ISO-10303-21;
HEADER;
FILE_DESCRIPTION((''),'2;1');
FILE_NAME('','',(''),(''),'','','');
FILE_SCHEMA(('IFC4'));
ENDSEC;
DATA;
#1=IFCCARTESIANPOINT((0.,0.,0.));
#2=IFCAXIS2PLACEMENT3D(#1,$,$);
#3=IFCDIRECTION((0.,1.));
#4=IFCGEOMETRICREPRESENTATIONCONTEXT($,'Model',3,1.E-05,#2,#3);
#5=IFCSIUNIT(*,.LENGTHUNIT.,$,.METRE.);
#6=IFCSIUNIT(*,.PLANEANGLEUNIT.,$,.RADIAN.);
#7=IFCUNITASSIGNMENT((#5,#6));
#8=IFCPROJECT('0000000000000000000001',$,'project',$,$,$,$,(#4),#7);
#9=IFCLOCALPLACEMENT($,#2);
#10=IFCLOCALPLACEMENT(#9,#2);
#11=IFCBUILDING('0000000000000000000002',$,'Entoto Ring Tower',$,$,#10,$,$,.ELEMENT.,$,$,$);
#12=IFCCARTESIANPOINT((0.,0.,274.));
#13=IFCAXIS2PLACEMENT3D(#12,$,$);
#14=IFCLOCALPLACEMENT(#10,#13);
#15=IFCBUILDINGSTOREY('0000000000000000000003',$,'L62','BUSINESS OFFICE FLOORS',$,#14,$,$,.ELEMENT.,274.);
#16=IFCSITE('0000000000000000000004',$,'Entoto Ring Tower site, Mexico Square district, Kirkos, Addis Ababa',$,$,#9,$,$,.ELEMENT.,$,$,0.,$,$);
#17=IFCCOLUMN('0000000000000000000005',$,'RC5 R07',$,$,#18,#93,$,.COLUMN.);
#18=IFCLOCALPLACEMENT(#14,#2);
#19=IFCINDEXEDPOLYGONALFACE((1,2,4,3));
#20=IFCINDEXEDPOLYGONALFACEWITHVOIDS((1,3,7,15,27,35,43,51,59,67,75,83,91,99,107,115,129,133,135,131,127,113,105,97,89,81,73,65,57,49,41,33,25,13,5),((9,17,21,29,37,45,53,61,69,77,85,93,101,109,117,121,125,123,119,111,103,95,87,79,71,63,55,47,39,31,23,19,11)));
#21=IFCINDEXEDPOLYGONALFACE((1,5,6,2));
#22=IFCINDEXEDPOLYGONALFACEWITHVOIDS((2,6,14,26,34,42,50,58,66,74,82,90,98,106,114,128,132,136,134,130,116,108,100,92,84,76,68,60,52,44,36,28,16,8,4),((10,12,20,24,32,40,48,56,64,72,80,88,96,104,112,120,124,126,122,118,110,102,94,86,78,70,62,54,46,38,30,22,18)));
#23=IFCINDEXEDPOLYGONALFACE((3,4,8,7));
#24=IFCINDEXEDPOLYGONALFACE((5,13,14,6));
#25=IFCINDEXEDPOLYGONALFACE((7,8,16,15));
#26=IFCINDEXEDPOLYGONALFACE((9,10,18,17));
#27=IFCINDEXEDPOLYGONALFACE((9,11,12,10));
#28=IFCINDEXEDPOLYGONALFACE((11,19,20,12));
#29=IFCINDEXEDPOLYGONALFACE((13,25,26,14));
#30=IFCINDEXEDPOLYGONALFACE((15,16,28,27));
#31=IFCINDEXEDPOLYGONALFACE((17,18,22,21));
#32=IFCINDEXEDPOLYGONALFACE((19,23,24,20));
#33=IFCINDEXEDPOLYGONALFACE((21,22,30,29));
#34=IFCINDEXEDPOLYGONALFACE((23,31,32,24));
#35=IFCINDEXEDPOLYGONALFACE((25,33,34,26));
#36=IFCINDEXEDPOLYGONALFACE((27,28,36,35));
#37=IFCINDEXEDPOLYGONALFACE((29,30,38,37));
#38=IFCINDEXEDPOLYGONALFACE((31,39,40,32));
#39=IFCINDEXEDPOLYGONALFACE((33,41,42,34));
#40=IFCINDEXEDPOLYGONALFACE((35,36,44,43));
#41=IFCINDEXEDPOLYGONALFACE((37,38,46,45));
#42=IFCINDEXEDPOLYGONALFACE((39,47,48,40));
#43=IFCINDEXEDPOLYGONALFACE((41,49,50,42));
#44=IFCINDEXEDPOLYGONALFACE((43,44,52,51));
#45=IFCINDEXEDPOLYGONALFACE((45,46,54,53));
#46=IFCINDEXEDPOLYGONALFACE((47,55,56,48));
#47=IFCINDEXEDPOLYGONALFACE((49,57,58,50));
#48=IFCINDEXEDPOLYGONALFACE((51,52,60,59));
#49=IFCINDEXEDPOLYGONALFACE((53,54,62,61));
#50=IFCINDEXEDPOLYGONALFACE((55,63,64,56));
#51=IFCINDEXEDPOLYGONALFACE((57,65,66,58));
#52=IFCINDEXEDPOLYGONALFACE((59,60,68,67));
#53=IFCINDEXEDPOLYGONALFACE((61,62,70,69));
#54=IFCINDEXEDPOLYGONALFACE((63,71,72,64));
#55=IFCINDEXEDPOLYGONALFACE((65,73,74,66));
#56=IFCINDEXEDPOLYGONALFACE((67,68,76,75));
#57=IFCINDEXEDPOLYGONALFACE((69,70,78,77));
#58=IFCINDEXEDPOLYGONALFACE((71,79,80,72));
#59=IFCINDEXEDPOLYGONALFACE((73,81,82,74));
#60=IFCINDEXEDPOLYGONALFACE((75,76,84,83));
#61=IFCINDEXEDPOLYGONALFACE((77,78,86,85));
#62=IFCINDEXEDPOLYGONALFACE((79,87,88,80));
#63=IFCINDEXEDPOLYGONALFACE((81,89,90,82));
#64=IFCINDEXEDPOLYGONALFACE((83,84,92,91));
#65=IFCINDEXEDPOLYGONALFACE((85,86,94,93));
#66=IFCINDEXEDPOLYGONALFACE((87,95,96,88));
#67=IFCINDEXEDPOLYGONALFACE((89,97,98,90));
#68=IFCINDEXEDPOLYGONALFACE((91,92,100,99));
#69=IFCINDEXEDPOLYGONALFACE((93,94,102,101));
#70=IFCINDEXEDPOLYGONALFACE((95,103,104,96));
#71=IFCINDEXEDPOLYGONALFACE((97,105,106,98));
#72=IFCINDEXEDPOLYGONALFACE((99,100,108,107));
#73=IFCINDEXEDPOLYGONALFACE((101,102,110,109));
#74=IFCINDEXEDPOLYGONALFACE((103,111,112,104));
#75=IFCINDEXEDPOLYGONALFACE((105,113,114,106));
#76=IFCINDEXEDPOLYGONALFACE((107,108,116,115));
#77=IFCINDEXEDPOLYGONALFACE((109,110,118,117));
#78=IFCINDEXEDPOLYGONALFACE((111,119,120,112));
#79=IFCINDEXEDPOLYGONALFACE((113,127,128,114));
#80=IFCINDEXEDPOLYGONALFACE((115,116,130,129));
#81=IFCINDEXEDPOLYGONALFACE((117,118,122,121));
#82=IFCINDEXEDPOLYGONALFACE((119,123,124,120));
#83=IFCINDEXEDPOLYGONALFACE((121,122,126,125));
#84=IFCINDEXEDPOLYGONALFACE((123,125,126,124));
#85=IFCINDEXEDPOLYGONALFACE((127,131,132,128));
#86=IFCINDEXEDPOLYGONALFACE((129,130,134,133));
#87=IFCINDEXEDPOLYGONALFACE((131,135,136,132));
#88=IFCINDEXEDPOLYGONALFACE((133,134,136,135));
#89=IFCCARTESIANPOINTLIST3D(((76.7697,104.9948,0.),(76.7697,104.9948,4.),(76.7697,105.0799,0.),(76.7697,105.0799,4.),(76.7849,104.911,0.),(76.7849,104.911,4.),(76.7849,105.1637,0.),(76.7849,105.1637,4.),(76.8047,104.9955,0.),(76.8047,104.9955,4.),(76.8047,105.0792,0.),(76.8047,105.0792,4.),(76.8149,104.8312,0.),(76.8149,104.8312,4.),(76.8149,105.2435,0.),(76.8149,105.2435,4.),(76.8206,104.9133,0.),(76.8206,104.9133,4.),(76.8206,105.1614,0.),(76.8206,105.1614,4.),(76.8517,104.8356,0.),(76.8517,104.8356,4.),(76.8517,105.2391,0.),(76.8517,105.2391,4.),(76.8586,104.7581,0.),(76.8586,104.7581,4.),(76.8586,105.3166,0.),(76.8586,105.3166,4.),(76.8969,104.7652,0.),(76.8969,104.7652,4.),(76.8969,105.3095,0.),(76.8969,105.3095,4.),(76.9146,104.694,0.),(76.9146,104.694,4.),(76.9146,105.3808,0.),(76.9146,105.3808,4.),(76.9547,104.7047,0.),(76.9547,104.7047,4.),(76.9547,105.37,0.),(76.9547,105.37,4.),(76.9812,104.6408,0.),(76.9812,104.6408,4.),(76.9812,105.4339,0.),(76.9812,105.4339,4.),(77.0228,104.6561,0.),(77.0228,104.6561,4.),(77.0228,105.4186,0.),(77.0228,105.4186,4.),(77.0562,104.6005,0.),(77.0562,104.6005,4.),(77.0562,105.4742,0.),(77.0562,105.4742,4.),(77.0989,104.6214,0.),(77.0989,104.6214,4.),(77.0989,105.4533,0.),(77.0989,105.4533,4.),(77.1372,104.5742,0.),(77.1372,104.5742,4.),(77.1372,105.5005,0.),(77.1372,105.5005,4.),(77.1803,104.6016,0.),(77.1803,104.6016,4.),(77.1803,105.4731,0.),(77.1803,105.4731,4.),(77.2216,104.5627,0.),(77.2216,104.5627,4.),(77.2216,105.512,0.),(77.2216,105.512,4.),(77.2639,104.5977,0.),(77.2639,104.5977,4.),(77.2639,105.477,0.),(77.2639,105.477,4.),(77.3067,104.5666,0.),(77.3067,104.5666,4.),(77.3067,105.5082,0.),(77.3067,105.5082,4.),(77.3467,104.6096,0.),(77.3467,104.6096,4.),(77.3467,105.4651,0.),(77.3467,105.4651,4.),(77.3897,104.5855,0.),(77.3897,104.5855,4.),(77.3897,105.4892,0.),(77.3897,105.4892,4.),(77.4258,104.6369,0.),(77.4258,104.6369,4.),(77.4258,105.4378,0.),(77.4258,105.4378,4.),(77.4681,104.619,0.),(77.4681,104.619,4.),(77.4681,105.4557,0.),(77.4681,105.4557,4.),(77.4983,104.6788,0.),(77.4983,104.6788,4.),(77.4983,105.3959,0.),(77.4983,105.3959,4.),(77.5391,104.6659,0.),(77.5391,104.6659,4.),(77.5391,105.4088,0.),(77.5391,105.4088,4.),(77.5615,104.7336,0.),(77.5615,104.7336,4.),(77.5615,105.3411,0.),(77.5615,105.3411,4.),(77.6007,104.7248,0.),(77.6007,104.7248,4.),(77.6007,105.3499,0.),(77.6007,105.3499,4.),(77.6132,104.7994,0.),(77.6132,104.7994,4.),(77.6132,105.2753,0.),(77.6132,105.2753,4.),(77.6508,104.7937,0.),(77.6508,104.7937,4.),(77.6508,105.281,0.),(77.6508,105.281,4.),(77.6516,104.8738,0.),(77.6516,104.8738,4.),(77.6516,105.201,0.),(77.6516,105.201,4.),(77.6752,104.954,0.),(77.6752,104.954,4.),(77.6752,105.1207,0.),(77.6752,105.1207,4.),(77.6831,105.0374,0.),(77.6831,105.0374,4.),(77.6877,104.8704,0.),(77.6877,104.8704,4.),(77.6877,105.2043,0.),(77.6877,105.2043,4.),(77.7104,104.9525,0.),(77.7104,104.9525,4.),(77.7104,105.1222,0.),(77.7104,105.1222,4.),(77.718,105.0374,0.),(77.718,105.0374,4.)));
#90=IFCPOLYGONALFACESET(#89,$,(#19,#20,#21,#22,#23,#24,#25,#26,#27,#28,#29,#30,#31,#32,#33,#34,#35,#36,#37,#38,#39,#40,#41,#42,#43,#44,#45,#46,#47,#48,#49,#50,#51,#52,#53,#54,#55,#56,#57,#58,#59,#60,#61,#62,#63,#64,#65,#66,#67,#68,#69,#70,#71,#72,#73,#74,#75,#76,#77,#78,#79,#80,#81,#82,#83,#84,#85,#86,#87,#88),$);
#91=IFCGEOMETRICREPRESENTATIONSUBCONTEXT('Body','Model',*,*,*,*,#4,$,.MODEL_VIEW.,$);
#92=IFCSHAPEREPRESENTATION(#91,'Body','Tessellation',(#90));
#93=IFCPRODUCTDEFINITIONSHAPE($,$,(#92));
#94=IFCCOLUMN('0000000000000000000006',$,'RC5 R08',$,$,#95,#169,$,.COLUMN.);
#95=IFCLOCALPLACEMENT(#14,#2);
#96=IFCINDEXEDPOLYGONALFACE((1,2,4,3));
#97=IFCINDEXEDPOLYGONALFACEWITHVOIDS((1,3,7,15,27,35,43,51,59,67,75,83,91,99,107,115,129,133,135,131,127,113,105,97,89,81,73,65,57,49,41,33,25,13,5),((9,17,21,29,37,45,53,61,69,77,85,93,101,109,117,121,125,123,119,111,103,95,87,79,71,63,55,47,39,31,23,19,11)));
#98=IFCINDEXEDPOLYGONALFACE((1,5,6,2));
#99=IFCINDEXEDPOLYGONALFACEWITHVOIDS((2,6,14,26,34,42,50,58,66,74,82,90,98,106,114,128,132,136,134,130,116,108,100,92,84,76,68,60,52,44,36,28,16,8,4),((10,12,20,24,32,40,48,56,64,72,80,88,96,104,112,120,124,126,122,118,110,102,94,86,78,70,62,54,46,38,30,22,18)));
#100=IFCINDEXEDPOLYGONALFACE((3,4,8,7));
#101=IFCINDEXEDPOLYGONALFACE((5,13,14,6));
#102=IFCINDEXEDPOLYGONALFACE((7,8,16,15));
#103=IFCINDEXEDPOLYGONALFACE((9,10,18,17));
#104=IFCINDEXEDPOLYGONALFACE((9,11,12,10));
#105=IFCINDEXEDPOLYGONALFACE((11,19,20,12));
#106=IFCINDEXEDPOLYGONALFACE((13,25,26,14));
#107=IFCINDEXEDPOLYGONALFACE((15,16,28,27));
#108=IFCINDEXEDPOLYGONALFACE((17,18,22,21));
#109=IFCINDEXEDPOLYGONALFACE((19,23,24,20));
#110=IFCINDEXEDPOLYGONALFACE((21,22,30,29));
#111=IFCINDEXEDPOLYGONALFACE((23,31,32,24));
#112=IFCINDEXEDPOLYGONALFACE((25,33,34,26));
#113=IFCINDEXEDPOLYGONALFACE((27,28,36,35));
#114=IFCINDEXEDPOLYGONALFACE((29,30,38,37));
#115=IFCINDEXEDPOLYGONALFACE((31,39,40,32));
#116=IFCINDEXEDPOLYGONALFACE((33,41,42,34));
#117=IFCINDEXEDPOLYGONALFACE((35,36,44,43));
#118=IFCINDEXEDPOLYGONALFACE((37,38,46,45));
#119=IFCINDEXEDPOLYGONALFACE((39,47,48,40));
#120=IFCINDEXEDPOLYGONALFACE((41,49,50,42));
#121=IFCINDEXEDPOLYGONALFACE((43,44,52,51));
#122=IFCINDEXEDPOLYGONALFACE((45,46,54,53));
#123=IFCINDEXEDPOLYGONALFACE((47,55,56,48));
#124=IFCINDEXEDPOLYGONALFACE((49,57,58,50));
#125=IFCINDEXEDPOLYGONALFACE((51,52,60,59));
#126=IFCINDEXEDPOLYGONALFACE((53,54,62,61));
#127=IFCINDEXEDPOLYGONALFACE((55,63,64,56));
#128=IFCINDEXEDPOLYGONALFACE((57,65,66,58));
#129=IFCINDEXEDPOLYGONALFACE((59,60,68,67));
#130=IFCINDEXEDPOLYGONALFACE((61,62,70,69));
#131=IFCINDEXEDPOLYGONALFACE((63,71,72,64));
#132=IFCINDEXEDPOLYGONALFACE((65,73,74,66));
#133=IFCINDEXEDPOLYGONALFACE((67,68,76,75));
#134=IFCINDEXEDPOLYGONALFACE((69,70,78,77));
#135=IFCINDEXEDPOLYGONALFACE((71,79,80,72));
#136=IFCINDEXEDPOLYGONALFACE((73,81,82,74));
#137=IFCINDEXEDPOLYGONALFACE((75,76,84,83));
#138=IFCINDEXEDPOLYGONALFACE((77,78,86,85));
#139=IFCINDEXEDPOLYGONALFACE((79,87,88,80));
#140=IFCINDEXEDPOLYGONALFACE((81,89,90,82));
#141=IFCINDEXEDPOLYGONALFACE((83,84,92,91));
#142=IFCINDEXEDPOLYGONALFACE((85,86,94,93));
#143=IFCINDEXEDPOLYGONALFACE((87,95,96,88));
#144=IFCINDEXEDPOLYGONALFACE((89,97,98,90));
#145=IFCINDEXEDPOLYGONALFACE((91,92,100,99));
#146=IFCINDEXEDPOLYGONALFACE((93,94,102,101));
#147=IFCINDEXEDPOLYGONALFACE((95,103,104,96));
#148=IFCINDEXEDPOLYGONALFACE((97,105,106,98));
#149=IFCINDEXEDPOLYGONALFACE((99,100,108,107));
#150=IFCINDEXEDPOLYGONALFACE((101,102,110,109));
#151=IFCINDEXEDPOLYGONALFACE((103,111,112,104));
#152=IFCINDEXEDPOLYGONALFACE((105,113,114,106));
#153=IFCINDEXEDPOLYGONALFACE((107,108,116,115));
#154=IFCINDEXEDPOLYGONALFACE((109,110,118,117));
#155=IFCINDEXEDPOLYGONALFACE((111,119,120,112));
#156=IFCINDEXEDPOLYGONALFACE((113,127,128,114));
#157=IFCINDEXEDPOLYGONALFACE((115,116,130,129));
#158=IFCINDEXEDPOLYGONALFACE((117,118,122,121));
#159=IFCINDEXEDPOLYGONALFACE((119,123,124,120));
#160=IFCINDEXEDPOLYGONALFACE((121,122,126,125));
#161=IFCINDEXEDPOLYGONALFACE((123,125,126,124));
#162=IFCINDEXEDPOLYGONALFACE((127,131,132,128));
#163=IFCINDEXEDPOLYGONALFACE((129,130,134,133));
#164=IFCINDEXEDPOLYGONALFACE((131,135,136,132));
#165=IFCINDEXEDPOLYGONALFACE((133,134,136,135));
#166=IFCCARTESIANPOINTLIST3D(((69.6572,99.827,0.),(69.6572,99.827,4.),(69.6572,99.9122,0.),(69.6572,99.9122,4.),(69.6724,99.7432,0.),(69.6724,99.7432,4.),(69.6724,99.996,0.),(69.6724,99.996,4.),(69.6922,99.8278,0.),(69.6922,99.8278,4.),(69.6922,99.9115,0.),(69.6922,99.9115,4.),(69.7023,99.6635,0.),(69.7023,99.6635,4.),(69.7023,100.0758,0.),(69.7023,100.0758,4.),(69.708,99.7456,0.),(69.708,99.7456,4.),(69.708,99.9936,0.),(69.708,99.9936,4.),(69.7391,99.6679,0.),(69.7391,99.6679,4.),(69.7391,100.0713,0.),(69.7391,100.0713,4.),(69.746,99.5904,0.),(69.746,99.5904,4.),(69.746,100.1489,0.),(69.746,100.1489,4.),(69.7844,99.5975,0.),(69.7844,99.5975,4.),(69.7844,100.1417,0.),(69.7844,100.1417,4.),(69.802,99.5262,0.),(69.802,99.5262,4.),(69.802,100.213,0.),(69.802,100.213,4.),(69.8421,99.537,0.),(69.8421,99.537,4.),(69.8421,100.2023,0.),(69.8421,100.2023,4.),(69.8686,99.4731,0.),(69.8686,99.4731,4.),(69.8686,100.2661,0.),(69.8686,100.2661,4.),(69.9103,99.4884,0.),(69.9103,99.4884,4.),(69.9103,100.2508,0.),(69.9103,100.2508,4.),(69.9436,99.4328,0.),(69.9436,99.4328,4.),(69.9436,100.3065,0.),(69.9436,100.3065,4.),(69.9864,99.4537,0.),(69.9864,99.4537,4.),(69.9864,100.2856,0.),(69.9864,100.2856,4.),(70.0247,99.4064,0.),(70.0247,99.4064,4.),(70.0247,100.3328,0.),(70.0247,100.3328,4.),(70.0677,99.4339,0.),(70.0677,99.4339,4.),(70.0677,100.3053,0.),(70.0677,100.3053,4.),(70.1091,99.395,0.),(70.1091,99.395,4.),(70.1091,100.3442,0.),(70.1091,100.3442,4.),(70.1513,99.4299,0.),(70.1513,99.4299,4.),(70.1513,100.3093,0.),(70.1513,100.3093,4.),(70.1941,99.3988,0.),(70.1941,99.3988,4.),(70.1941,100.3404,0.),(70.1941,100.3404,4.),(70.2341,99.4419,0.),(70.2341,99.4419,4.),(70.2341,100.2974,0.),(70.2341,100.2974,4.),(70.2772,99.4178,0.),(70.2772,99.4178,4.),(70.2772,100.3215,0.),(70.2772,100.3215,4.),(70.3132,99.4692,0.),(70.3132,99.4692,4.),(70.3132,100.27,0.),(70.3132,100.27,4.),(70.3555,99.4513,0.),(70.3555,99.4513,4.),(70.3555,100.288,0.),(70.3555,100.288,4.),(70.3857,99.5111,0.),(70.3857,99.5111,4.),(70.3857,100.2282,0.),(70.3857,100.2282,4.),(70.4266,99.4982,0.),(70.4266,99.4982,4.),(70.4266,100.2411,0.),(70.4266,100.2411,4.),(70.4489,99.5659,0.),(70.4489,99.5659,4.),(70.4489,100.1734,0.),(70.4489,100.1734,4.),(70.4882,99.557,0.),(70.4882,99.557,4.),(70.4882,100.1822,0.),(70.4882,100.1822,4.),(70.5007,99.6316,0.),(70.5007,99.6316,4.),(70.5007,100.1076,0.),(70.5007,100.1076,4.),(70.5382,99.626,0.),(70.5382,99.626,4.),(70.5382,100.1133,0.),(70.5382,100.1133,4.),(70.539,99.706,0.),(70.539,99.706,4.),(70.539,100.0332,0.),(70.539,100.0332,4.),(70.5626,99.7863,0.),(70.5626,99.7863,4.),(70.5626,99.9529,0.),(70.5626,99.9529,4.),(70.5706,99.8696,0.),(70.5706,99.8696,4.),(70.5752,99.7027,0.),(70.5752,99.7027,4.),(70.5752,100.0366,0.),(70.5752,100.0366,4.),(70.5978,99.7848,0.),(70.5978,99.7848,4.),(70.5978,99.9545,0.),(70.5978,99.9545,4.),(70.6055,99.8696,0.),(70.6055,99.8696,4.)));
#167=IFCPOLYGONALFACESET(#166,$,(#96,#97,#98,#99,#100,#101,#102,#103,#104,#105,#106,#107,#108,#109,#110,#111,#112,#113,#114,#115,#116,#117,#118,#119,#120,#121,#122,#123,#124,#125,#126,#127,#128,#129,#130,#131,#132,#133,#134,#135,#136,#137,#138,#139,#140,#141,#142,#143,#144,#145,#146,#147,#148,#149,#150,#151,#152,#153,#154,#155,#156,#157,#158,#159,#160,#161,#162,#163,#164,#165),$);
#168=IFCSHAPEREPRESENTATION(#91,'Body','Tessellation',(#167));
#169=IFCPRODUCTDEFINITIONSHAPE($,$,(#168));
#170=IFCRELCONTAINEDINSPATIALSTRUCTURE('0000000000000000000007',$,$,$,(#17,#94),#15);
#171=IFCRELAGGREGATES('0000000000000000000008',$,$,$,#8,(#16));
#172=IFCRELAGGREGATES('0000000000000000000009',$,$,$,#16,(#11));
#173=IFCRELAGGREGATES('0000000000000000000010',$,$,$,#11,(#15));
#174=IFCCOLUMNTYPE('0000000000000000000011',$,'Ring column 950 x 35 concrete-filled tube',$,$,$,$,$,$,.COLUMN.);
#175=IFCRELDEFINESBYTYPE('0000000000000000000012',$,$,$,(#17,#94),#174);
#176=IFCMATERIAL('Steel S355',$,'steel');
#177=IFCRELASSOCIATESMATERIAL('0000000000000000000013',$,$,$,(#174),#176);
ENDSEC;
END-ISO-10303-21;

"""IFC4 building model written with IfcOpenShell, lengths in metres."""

from ifc_helpers import new_model, si_unit, direction, frame, origin, origin_2d, place, context, subcontext, project, spatial, circle, hollow_circle, extrude, material, material_profile, profile_set, type_object, element, save


model = new_model("IFC4")

# Units and contexts
model_context = context("Model", 3, precision=1e-05, world=origin(), true_north=direction((0.0, 1.0)))
body_context = subcontext(model_context, "Body", "Model", "MODEL_VIEW")
ifc_project = project(units=[si_unit("LENGTHUNIT", "METRE"), si_unit("PLANEANGLEUNIT", "RADIAN")], contexts=[model_context])

# Site, building, storey
site_placement = place(None, origin())
site = spatial("IfcSite", under=ifc_project, at=site_placement, Name="Entoto Ring Tower site, Mexico Square district, Kirkos, Addis Ababa", CompositionType="ELEMENT", RefElevation=0.0)
building_placement = place(site_placement, origin())
building = spatial("IfcBuilding", under=site, at=building_placement, Name="Entoto Ring Tower", CompositionType="ELEMENT")
storey_placement = place(building_placement, frame((0.0, 0.0, 274.0)))
storey = spatial("IfcBuildingStorey", under=building, at=storey_placement, Name="L62", Description="BUSINESS OFFICE FLOORS", CompositionType="ELEMENT", Elevation=274.0)

# Columns
ifc_material_1 = material(Name="Steel S355", Category="steel")
ifc_material_profile_1 = material_profile(ifc_material_1, hollow_circle(Radius=0.4751, WallThickness=0.0349, at=origin_2d()), Name="CHS 950 x 35")
ifc_material_2 = material(Name="Concrete C60/75", Category="concrete")
ifc_material_profile_2 = material_profile(ifc_material_2, circle(Radius=0.4399, at=origin_2d()), Name="Concrete C60/75 infill")
ifc_profile_set_1 = profile_set([ifc_material_profile_1, ifc_material_profile_2], Name="Steel S355")
column_type = type_object("IfcColumnType", Name="Ring column 950 x 35 concrete-filled tube", PredefinedType="COLUMN", material=ifc_profile_set_1)
for number, where, z_axis, x_axis, name in (
    (1, (77.2429, 105.0374, 0.0), (0.0, 0.0, 1.0), (1.0, 0.0, 0.0), "RC5 R07"),
    (2, (70.1304, 99.8696, 0.0), (0.0, 0.0, 1.0), (1.0, 0.0, 0.0), "RC5 R08"),
):
    element("IfcColumn", number, at=place(storey_placement, frame(where, z_axis=z_axis, x_axis=x_axis)), inside=storey, type_object=column_type, Name=name, PredefinedType="COLUMN", context=body_context, shape_type="SweptSolid", body=[
        extrude(hollow_circle(Radius=0.4751, WallThickness=0.0349, at=origin_2d()), origin(), (0.0, 0.0, 1.0), 4.0),
    ])

save(model, "model.ifc")
